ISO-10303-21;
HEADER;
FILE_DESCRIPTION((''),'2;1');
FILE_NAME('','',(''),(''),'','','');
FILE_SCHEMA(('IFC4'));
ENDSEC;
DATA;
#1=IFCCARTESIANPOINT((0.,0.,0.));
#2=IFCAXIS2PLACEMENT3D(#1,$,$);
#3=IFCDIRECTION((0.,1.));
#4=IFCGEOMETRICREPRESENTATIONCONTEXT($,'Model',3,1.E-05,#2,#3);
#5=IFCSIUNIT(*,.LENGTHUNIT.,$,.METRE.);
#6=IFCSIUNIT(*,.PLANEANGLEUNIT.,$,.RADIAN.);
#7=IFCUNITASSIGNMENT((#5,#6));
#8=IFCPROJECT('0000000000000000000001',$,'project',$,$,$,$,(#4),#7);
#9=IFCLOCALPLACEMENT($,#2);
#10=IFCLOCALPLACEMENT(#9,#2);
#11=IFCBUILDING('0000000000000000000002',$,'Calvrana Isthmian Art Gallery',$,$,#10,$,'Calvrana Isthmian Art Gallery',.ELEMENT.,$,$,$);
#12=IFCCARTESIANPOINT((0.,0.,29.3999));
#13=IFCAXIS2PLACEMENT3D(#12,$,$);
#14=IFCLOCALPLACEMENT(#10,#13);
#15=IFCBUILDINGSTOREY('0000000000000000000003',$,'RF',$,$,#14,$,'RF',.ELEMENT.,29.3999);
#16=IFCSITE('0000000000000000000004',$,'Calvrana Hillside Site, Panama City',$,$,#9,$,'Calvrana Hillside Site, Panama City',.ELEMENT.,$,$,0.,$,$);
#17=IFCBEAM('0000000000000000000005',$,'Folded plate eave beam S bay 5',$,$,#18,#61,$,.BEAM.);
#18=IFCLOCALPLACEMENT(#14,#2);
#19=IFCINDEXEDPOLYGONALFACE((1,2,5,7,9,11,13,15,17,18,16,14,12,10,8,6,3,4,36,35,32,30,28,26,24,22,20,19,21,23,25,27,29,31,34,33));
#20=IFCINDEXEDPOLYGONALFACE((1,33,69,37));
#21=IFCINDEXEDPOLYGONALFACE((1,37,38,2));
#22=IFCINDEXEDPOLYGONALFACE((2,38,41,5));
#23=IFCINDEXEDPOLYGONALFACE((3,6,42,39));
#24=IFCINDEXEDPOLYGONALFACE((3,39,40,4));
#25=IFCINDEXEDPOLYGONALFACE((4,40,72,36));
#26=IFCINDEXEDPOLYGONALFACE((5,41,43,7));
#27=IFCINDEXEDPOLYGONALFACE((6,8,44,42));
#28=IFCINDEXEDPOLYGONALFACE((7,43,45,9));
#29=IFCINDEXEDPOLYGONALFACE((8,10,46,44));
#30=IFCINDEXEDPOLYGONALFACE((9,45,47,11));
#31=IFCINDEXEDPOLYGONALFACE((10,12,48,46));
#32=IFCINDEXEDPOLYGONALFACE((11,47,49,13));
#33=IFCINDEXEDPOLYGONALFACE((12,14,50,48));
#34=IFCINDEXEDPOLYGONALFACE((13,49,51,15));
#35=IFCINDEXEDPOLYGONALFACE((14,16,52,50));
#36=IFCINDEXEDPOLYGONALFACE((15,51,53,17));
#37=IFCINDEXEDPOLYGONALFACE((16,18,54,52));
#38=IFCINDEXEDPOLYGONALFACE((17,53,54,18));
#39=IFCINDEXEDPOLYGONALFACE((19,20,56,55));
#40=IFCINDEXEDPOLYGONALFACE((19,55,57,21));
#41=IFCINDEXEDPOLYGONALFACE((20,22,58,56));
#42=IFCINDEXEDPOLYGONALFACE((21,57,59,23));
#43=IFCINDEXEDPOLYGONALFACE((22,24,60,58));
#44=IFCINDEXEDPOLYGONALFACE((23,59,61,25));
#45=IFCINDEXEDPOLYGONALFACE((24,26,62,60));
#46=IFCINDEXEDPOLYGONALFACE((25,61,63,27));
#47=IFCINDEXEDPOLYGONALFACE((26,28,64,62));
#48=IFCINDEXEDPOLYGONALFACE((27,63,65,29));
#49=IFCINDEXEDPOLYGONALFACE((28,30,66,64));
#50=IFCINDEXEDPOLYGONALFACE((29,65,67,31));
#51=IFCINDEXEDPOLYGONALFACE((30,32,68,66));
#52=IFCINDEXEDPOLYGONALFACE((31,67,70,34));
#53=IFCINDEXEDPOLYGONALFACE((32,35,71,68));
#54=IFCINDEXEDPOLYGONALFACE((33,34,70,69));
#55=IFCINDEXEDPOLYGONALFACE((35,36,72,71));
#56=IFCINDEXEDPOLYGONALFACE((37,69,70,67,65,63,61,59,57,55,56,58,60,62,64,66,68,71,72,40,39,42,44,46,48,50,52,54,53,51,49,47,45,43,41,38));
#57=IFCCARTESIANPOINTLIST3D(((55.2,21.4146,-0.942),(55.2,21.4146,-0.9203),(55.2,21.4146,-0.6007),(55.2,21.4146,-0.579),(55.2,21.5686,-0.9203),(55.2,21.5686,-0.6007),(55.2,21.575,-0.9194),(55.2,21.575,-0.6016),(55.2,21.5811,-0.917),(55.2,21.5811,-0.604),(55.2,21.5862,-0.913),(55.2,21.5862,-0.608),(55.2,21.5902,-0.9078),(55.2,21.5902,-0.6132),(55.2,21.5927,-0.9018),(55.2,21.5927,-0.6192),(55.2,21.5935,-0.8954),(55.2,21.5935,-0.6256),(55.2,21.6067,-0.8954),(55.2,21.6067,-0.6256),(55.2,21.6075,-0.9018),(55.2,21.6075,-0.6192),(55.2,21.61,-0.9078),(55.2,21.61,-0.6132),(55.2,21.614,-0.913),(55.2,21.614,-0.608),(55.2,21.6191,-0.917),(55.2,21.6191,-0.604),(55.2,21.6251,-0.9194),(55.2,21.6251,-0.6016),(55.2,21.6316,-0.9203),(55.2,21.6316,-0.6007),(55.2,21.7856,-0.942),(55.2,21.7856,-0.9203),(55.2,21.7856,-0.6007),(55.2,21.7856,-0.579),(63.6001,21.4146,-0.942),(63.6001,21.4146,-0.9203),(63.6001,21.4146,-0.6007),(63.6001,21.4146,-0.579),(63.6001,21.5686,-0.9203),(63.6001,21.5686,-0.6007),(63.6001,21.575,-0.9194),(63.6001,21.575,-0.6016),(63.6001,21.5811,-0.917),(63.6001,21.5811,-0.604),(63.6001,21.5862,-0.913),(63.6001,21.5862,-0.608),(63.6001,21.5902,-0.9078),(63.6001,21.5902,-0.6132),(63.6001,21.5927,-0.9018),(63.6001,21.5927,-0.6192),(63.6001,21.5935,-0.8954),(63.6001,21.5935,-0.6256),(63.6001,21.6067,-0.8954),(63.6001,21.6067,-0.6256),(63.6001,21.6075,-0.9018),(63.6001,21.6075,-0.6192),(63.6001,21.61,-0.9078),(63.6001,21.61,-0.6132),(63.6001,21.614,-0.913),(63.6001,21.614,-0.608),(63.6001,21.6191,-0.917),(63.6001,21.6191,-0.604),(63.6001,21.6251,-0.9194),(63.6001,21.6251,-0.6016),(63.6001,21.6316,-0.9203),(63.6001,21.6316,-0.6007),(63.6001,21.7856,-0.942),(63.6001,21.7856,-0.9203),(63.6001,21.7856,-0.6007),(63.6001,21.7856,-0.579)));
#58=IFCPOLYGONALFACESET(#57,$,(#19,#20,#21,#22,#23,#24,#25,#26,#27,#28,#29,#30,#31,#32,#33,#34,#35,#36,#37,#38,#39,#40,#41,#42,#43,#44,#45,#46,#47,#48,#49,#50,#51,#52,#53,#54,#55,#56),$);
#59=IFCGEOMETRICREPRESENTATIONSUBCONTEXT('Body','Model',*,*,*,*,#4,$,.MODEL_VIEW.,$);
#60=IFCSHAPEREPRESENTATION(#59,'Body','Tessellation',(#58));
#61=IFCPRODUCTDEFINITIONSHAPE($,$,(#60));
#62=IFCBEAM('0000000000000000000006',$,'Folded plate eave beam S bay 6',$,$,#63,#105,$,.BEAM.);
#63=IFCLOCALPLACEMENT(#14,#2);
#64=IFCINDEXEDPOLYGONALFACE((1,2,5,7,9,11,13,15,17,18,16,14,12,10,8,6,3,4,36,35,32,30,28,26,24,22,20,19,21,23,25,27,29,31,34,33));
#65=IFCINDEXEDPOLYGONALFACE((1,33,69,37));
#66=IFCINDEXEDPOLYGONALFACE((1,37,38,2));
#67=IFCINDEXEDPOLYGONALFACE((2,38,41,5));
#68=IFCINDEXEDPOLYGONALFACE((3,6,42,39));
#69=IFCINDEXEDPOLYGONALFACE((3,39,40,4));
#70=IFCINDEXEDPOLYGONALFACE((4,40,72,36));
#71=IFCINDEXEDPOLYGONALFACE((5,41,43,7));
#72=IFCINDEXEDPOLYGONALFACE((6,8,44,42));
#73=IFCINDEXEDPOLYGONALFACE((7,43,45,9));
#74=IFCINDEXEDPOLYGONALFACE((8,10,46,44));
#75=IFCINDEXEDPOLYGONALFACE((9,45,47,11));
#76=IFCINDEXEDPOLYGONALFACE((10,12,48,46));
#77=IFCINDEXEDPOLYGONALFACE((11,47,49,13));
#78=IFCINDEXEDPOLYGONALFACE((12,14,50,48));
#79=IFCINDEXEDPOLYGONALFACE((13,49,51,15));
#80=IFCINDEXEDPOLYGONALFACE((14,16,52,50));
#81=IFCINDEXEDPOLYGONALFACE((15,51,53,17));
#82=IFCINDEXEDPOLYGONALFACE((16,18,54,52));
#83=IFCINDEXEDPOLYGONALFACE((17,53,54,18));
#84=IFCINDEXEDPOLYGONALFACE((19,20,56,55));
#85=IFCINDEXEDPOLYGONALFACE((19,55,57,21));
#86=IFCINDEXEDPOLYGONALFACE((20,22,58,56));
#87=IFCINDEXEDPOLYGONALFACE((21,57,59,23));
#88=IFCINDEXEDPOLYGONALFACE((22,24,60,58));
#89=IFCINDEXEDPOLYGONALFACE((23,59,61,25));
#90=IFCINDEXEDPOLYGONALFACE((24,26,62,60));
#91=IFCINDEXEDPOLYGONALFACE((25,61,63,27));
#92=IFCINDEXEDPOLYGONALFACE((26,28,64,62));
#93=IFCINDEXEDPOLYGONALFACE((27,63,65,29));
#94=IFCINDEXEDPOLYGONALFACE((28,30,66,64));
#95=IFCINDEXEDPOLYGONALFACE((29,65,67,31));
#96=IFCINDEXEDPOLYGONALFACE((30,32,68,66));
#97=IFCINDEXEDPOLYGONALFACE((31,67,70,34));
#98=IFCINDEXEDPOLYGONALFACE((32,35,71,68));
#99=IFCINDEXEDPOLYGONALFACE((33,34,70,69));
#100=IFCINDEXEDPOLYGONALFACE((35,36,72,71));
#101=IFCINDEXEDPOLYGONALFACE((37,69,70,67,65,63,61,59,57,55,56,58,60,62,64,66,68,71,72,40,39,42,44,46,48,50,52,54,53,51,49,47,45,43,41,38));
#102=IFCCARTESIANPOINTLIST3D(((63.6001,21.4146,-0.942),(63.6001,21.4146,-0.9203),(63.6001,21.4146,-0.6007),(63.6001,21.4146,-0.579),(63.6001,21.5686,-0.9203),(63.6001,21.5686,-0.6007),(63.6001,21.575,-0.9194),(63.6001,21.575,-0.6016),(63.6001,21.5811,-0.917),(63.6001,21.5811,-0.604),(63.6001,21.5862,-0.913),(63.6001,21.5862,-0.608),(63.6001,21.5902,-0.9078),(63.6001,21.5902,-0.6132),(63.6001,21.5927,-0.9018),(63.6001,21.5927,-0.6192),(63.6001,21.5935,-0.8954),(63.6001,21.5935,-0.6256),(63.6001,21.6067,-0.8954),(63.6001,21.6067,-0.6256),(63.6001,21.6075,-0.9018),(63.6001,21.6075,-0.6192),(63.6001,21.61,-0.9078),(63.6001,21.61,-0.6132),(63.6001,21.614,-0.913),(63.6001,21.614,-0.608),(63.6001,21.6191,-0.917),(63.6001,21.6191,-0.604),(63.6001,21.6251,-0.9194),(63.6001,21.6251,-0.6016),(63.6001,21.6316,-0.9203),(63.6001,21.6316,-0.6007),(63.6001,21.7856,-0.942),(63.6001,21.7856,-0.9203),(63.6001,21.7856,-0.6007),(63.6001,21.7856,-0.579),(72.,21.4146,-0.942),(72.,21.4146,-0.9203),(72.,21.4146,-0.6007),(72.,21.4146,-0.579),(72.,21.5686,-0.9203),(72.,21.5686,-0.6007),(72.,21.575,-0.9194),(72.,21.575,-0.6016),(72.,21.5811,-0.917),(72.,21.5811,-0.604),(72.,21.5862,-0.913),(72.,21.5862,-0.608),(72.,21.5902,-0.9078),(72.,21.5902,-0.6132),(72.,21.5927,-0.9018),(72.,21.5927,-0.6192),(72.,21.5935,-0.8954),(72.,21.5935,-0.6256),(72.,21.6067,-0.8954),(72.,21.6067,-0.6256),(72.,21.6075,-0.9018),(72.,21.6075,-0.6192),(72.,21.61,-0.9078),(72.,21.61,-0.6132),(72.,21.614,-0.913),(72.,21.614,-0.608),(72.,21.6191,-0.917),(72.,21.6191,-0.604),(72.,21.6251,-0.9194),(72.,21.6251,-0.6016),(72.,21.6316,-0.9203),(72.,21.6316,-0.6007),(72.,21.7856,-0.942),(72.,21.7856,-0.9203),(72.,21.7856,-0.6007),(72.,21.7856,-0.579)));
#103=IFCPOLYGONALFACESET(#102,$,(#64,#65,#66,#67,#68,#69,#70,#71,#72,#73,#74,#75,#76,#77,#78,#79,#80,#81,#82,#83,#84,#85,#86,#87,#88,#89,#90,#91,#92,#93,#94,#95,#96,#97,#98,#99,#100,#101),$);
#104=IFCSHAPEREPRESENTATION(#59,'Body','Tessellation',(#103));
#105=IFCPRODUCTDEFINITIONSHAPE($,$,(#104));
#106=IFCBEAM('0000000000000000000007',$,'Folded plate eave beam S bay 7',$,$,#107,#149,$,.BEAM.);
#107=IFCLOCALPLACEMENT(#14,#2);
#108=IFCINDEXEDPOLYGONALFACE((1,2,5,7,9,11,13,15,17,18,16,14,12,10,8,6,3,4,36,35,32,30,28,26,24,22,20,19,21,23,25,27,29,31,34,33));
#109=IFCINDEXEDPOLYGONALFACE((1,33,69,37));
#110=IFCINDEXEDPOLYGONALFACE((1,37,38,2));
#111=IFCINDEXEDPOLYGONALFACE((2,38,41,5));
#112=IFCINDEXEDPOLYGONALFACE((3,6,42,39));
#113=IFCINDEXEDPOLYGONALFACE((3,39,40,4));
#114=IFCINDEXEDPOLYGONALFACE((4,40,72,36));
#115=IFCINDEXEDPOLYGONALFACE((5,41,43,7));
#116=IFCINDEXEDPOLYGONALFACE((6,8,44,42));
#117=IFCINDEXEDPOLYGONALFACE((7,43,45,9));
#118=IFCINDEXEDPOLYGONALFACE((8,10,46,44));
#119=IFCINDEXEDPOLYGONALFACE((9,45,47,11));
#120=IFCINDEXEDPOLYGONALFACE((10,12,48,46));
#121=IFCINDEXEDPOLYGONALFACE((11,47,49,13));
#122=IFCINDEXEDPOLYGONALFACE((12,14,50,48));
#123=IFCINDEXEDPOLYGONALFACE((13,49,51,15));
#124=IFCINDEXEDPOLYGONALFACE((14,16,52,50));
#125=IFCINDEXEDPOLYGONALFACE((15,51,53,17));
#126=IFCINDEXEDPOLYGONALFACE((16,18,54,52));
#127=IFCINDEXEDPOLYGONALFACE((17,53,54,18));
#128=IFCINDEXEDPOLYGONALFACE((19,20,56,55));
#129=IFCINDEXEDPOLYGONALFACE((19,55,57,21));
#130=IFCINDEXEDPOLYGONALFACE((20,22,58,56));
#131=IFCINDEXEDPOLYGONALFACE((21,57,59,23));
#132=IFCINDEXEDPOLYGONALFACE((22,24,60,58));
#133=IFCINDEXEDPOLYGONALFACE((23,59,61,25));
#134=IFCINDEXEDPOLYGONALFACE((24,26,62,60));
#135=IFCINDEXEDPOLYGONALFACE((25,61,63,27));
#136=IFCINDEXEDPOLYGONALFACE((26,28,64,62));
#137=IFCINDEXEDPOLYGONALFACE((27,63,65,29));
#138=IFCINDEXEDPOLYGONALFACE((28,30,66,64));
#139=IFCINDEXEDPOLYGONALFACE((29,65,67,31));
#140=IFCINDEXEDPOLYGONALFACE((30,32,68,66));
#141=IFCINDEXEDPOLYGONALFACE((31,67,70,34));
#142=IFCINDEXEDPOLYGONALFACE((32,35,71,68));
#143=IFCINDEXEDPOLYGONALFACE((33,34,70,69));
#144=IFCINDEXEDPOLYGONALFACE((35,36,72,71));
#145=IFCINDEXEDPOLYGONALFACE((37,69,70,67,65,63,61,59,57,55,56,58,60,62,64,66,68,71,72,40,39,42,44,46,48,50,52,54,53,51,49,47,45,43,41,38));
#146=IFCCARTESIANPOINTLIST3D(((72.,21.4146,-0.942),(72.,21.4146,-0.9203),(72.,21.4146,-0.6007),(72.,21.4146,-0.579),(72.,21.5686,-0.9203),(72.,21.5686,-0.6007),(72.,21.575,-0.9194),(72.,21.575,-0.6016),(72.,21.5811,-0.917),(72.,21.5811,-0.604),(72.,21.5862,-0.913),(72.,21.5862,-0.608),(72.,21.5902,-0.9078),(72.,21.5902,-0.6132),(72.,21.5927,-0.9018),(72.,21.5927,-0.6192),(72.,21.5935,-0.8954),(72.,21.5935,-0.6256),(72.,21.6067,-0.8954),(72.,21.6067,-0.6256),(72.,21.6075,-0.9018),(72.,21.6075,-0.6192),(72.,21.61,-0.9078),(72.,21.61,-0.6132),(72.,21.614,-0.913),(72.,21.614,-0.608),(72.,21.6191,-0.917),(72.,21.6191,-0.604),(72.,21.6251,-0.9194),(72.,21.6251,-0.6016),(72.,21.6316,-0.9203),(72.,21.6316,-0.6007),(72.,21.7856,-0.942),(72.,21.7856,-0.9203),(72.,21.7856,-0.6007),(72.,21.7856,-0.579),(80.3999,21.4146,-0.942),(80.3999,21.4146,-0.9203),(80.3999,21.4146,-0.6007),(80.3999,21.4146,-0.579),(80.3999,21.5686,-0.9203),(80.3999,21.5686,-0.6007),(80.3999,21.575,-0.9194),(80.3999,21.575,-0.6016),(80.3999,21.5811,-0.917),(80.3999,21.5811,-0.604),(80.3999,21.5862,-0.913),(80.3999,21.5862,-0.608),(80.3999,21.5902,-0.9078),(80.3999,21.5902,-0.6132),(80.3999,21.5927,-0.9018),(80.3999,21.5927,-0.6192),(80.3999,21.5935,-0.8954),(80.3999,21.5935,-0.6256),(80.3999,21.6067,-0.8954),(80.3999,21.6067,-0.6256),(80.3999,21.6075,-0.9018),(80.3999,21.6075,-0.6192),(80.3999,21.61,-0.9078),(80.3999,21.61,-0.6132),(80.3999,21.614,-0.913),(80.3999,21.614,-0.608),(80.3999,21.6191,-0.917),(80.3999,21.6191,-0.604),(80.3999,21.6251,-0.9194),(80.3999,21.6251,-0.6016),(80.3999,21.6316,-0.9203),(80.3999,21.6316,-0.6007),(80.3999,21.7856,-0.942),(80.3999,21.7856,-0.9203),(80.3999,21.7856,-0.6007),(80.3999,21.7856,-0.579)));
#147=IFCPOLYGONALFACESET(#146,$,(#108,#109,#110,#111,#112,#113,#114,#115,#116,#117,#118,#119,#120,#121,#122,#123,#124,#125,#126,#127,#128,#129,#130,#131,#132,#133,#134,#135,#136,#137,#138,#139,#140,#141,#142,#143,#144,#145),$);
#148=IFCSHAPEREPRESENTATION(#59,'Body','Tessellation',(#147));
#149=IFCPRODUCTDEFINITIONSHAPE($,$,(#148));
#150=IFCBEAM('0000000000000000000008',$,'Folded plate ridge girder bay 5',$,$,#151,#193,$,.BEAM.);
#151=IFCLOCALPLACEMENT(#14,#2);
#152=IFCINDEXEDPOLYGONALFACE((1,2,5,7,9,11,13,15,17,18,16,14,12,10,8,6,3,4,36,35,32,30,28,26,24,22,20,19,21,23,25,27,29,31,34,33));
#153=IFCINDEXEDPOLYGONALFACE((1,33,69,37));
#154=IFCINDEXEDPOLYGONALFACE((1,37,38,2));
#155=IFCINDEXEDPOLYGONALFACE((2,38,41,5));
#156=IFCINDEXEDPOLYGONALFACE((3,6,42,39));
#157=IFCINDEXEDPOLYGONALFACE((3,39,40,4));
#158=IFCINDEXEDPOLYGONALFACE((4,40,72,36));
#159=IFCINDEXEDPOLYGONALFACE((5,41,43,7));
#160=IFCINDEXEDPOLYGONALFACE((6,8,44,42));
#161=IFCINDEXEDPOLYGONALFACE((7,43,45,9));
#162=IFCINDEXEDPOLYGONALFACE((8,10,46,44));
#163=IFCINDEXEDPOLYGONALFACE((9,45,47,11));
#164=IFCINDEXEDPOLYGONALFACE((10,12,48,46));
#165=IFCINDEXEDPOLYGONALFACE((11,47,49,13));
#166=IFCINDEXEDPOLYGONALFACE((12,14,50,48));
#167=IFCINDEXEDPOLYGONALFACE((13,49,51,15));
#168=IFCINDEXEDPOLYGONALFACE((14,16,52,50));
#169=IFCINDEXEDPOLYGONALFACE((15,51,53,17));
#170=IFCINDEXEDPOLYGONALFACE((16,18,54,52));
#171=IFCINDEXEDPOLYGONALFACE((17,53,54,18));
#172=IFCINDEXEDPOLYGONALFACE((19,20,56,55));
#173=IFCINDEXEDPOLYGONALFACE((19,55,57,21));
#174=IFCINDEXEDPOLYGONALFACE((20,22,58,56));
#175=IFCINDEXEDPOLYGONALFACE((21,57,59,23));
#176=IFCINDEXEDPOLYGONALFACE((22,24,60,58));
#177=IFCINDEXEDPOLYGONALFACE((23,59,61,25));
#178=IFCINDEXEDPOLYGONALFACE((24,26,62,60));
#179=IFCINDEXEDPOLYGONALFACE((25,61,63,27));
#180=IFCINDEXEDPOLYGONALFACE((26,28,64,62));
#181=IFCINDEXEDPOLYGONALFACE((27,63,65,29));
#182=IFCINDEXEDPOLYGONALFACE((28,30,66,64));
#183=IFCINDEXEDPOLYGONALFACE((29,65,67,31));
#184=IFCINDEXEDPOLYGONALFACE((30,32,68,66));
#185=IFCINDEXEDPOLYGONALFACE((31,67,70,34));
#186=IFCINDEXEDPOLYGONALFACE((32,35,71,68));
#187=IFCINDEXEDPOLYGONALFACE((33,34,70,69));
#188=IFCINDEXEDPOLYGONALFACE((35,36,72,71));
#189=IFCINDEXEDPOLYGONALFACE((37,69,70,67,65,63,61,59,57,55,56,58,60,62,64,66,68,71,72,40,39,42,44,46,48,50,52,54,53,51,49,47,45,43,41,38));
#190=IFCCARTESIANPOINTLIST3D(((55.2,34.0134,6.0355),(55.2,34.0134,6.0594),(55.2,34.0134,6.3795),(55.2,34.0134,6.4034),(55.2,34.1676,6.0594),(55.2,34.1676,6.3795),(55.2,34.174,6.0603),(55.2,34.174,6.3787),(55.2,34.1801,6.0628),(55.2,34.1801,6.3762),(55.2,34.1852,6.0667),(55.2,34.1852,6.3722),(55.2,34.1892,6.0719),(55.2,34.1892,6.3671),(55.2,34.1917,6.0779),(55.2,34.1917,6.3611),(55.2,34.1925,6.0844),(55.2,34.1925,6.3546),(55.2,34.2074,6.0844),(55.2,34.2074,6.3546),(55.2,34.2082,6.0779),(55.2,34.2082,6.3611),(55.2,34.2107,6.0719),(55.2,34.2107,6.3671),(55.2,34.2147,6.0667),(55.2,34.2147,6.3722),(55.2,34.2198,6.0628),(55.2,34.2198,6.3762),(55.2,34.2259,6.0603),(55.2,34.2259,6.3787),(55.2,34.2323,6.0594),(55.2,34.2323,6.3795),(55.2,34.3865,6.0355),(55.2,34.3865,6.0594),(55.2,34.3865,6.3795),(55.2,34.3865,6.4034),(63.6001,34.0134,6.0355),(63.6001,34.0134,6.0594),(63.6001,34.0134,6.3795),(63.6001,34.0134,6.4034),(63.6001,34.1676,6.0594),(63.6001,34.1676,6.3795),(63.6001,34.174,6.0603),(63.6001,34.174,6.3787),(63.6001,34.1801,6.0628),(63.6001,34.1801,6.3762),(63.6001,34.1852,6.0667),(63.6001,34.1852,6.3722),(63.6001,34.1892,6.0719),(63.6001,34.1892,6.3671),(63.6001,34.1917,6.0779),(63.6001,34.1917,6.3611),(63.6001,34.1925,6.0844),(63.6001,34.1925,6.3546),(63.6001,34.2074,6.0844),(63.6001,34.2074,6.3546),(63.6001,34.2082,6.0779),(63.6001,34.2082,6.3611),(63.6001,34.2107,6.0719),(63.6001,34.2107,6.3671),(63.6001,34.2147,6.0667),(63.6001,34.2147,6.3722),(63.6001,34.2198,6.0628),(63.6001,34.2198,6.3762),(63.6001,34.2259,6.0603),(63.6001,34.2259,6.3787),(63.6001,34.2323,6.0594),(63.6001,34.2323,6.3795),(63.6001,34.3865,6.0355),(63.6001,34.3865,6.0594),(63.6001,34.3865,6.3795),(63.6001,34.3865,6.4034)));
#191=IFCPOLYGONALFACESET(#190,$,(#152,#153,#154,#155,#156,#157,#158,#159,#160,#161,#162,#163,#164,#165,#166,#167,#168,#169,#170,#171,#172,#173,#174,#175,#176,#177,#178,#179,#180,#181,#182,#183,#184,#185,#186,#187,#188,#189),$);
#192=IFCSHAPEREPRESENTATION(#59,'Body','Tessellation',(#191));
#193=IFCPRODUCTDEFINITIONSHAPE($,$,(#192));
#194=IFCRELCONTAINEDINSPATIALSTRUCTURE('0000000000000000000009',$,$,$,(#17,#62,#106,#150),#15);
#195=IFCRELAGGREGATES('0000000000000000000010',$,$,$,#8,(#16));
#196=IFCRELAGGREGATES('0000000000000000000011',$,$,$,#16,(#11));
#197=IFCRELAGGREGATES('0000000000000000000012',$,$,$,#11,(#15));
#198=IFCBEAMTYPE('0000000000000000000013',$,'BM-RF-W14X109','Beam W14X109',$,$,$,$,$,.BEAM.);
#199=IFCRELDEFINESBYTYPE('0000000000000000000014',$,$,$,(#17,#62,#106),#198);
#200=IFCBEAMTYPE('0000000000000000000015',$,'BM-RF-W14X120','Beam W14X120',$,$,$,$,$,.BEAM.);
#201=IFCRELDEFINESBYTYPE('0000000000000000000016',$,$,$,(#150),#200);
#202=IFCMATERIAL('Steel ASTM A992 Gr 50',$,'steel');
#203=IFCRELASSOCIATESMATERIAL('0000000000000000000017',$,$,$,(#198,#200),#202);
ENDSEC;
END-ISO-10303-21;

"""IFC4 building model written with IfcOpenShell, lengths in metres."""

from ifc_helpers import new_model, si_unit, direction, frame, origin, origin_2d, place, context, subcontext, project, spatial, i_section, extrude, material, material_profile, profile_set, type_object, element, save


model = new_model("IFC4")

# Units and contexts
model_context = context("Model", 3, precision=1e-05, world=origin(), true_north=direction((0.0, 1.0)))
body_context = subcontext(model_context, "Body", "Model", "MODEL_VIEW")
ifc_project = project(units=[si_unit("LENGTHUNIT", "METRE"), si_unit("PLANEANGLEUNIT", "RADIAN")], contexts=[model_context])

# Site, building, storey
site_placement = place(None, origin())
site = spatial("IfcSite", under=ifc_project, at=site_placement, Name="Calvrana Hillside Site, Panama City", LongName="Calvrana Hillside Site, Panama City", CompositionType="ELEMENT", RefElevation=0.0)
building_placement = place(site_placement, origin())
building = spatial("IfcBuilding", under=site, at=building_placement, Name="Calvrana Isthmian Art Gallery", LongName="Calvrana Isthmian Art Gallery", CompositionType="ELEMENT")
storey_placement = place(building_placement, frame((0.0, 0.0, 29.3999)))
storey = spatial("IfcBuildingStorey", under=building, at=storey_placement, Name="RF", LongName="RF", CompositionType="ELEMENT", Elevation=29.3999)

# Beams
ifc_material_1 = material(Name="Steel ASTM A992 Gr 50", Category="steel")
ifc_material_profile_1 = material_profile(ifc_material_1, i_section(OverallWidth=0.3711, OverallDepth=0.363, WebThickness=0.0132, FlangeThickness=0.0217, FilletRadius=0.0249, at=origin_2d()), Name="W14X109")
ifc_profile_set_1 = profile_set([ifc_material_profile_1], Name="Steel ASTM A992 Gr 50")
beam_type_1 = type_object("IfcBeamType", Name="BM-RF-W14X109", Description="Beam W14X109", PredefinedType="BEAM", material=ifc_profile_set_1)
beam_1_placement = place(storey_placement, frame((55.2, 21.6001, -0.7605), z_axis=(1.0, 0.0, 0.0), x_axis=(0.0, 1.0, 0.0)))
element("IfcBeam", 1, at=beam_1_placement, inside=storey, type_object=beam_type_1, Name="Folded plate eave beam S bay 5", PredefinedType="BEAM", context=body_context, shape_type="SweptSolid", body=[
    extrude(i_section(OverallWidth=0.3711, OverallDepth=0.363, WebThickness=0.0132, FlangeThickness=0.0217, FilletRadius=0.0249, at=origin_2d()), origin(), (0.0, 0.0, 1.0), 8.4001),
])
for number, where, z_axis, x_axis, name in (
    (2, (63.6001, 21.6001, -0.7605), (1.0, 0.0, 0.0), (0.0, 1.0, 0.0), "Folded plate eave beam S bay 6"),
    (3, (72.0, 21.6001, -0.7605), (1.0, 0.0, 0.0), (0.0, 1.0, 0.0), "Folded plate eave beam S bay 7"),
):
    element("IfcBeam", number, at=place(storey_placement, frame(where, z_axis=z_axis, x_axis=x_axis)), inside=storey, type_object=beam_type_1, Name=name, PredefinedType="BEAM", context=body_context, shape_type="SweptSolid", body=[
        extrude(i_section(OverallWidth=0.3711, OverallDepth=0.363, WebThickness=0.0132, FlangeThickness=0.0217, FilletRadius=0.0249, at=origin_2d()), origin(), (0.0, 0.0, 1.0), 8.3999),
    ])
ifc_material_profile_2 = material_profile(ifc_material_1, i_section(OverallWidth=0.373, OverallDepth=0.3679, WebThickness=0.0149, FlangeThickness=0.0239, FilletRadius=0.0249, at=origin_2d()), Name="W14X120")
ifc_profile_set_2 = profile_set([ifc_material_profile_2], Name="Steel ASTM A992 Gr 50")
beam_type_2 = type_object("IfcBeamType", Name="BM-RF-W14X120", Description="Beam W14X120", PredefinedType="BEAM", material=ifc_profile_set_2)
beam_2_placement = place(storey_placement, frame((55.2, 34.2, 6.2195), z_axis=(1.0, 0.0, 0.0), x_axis=(0.0, 1.0, 0.0)))
element("IfcBeam", 4, at=beam_2_placement, inside=storey, type_object=beam_type_2, Name="Folded plate ridge girder bay 5", PredefinedType="BEAM", context=body_context, shape_type="SweptSolid", body=[
    extrude(i_section(OverallWidth=0.373, OverallDepth=0.3679, WebThickness=0.0149, FlangeThickness=0.0239, FilletRadius=0.0249, at=origin_2d()), origin(), (0.0, 0.0, 1.0), 8.4001),
])

save(model, "model.ifc")
